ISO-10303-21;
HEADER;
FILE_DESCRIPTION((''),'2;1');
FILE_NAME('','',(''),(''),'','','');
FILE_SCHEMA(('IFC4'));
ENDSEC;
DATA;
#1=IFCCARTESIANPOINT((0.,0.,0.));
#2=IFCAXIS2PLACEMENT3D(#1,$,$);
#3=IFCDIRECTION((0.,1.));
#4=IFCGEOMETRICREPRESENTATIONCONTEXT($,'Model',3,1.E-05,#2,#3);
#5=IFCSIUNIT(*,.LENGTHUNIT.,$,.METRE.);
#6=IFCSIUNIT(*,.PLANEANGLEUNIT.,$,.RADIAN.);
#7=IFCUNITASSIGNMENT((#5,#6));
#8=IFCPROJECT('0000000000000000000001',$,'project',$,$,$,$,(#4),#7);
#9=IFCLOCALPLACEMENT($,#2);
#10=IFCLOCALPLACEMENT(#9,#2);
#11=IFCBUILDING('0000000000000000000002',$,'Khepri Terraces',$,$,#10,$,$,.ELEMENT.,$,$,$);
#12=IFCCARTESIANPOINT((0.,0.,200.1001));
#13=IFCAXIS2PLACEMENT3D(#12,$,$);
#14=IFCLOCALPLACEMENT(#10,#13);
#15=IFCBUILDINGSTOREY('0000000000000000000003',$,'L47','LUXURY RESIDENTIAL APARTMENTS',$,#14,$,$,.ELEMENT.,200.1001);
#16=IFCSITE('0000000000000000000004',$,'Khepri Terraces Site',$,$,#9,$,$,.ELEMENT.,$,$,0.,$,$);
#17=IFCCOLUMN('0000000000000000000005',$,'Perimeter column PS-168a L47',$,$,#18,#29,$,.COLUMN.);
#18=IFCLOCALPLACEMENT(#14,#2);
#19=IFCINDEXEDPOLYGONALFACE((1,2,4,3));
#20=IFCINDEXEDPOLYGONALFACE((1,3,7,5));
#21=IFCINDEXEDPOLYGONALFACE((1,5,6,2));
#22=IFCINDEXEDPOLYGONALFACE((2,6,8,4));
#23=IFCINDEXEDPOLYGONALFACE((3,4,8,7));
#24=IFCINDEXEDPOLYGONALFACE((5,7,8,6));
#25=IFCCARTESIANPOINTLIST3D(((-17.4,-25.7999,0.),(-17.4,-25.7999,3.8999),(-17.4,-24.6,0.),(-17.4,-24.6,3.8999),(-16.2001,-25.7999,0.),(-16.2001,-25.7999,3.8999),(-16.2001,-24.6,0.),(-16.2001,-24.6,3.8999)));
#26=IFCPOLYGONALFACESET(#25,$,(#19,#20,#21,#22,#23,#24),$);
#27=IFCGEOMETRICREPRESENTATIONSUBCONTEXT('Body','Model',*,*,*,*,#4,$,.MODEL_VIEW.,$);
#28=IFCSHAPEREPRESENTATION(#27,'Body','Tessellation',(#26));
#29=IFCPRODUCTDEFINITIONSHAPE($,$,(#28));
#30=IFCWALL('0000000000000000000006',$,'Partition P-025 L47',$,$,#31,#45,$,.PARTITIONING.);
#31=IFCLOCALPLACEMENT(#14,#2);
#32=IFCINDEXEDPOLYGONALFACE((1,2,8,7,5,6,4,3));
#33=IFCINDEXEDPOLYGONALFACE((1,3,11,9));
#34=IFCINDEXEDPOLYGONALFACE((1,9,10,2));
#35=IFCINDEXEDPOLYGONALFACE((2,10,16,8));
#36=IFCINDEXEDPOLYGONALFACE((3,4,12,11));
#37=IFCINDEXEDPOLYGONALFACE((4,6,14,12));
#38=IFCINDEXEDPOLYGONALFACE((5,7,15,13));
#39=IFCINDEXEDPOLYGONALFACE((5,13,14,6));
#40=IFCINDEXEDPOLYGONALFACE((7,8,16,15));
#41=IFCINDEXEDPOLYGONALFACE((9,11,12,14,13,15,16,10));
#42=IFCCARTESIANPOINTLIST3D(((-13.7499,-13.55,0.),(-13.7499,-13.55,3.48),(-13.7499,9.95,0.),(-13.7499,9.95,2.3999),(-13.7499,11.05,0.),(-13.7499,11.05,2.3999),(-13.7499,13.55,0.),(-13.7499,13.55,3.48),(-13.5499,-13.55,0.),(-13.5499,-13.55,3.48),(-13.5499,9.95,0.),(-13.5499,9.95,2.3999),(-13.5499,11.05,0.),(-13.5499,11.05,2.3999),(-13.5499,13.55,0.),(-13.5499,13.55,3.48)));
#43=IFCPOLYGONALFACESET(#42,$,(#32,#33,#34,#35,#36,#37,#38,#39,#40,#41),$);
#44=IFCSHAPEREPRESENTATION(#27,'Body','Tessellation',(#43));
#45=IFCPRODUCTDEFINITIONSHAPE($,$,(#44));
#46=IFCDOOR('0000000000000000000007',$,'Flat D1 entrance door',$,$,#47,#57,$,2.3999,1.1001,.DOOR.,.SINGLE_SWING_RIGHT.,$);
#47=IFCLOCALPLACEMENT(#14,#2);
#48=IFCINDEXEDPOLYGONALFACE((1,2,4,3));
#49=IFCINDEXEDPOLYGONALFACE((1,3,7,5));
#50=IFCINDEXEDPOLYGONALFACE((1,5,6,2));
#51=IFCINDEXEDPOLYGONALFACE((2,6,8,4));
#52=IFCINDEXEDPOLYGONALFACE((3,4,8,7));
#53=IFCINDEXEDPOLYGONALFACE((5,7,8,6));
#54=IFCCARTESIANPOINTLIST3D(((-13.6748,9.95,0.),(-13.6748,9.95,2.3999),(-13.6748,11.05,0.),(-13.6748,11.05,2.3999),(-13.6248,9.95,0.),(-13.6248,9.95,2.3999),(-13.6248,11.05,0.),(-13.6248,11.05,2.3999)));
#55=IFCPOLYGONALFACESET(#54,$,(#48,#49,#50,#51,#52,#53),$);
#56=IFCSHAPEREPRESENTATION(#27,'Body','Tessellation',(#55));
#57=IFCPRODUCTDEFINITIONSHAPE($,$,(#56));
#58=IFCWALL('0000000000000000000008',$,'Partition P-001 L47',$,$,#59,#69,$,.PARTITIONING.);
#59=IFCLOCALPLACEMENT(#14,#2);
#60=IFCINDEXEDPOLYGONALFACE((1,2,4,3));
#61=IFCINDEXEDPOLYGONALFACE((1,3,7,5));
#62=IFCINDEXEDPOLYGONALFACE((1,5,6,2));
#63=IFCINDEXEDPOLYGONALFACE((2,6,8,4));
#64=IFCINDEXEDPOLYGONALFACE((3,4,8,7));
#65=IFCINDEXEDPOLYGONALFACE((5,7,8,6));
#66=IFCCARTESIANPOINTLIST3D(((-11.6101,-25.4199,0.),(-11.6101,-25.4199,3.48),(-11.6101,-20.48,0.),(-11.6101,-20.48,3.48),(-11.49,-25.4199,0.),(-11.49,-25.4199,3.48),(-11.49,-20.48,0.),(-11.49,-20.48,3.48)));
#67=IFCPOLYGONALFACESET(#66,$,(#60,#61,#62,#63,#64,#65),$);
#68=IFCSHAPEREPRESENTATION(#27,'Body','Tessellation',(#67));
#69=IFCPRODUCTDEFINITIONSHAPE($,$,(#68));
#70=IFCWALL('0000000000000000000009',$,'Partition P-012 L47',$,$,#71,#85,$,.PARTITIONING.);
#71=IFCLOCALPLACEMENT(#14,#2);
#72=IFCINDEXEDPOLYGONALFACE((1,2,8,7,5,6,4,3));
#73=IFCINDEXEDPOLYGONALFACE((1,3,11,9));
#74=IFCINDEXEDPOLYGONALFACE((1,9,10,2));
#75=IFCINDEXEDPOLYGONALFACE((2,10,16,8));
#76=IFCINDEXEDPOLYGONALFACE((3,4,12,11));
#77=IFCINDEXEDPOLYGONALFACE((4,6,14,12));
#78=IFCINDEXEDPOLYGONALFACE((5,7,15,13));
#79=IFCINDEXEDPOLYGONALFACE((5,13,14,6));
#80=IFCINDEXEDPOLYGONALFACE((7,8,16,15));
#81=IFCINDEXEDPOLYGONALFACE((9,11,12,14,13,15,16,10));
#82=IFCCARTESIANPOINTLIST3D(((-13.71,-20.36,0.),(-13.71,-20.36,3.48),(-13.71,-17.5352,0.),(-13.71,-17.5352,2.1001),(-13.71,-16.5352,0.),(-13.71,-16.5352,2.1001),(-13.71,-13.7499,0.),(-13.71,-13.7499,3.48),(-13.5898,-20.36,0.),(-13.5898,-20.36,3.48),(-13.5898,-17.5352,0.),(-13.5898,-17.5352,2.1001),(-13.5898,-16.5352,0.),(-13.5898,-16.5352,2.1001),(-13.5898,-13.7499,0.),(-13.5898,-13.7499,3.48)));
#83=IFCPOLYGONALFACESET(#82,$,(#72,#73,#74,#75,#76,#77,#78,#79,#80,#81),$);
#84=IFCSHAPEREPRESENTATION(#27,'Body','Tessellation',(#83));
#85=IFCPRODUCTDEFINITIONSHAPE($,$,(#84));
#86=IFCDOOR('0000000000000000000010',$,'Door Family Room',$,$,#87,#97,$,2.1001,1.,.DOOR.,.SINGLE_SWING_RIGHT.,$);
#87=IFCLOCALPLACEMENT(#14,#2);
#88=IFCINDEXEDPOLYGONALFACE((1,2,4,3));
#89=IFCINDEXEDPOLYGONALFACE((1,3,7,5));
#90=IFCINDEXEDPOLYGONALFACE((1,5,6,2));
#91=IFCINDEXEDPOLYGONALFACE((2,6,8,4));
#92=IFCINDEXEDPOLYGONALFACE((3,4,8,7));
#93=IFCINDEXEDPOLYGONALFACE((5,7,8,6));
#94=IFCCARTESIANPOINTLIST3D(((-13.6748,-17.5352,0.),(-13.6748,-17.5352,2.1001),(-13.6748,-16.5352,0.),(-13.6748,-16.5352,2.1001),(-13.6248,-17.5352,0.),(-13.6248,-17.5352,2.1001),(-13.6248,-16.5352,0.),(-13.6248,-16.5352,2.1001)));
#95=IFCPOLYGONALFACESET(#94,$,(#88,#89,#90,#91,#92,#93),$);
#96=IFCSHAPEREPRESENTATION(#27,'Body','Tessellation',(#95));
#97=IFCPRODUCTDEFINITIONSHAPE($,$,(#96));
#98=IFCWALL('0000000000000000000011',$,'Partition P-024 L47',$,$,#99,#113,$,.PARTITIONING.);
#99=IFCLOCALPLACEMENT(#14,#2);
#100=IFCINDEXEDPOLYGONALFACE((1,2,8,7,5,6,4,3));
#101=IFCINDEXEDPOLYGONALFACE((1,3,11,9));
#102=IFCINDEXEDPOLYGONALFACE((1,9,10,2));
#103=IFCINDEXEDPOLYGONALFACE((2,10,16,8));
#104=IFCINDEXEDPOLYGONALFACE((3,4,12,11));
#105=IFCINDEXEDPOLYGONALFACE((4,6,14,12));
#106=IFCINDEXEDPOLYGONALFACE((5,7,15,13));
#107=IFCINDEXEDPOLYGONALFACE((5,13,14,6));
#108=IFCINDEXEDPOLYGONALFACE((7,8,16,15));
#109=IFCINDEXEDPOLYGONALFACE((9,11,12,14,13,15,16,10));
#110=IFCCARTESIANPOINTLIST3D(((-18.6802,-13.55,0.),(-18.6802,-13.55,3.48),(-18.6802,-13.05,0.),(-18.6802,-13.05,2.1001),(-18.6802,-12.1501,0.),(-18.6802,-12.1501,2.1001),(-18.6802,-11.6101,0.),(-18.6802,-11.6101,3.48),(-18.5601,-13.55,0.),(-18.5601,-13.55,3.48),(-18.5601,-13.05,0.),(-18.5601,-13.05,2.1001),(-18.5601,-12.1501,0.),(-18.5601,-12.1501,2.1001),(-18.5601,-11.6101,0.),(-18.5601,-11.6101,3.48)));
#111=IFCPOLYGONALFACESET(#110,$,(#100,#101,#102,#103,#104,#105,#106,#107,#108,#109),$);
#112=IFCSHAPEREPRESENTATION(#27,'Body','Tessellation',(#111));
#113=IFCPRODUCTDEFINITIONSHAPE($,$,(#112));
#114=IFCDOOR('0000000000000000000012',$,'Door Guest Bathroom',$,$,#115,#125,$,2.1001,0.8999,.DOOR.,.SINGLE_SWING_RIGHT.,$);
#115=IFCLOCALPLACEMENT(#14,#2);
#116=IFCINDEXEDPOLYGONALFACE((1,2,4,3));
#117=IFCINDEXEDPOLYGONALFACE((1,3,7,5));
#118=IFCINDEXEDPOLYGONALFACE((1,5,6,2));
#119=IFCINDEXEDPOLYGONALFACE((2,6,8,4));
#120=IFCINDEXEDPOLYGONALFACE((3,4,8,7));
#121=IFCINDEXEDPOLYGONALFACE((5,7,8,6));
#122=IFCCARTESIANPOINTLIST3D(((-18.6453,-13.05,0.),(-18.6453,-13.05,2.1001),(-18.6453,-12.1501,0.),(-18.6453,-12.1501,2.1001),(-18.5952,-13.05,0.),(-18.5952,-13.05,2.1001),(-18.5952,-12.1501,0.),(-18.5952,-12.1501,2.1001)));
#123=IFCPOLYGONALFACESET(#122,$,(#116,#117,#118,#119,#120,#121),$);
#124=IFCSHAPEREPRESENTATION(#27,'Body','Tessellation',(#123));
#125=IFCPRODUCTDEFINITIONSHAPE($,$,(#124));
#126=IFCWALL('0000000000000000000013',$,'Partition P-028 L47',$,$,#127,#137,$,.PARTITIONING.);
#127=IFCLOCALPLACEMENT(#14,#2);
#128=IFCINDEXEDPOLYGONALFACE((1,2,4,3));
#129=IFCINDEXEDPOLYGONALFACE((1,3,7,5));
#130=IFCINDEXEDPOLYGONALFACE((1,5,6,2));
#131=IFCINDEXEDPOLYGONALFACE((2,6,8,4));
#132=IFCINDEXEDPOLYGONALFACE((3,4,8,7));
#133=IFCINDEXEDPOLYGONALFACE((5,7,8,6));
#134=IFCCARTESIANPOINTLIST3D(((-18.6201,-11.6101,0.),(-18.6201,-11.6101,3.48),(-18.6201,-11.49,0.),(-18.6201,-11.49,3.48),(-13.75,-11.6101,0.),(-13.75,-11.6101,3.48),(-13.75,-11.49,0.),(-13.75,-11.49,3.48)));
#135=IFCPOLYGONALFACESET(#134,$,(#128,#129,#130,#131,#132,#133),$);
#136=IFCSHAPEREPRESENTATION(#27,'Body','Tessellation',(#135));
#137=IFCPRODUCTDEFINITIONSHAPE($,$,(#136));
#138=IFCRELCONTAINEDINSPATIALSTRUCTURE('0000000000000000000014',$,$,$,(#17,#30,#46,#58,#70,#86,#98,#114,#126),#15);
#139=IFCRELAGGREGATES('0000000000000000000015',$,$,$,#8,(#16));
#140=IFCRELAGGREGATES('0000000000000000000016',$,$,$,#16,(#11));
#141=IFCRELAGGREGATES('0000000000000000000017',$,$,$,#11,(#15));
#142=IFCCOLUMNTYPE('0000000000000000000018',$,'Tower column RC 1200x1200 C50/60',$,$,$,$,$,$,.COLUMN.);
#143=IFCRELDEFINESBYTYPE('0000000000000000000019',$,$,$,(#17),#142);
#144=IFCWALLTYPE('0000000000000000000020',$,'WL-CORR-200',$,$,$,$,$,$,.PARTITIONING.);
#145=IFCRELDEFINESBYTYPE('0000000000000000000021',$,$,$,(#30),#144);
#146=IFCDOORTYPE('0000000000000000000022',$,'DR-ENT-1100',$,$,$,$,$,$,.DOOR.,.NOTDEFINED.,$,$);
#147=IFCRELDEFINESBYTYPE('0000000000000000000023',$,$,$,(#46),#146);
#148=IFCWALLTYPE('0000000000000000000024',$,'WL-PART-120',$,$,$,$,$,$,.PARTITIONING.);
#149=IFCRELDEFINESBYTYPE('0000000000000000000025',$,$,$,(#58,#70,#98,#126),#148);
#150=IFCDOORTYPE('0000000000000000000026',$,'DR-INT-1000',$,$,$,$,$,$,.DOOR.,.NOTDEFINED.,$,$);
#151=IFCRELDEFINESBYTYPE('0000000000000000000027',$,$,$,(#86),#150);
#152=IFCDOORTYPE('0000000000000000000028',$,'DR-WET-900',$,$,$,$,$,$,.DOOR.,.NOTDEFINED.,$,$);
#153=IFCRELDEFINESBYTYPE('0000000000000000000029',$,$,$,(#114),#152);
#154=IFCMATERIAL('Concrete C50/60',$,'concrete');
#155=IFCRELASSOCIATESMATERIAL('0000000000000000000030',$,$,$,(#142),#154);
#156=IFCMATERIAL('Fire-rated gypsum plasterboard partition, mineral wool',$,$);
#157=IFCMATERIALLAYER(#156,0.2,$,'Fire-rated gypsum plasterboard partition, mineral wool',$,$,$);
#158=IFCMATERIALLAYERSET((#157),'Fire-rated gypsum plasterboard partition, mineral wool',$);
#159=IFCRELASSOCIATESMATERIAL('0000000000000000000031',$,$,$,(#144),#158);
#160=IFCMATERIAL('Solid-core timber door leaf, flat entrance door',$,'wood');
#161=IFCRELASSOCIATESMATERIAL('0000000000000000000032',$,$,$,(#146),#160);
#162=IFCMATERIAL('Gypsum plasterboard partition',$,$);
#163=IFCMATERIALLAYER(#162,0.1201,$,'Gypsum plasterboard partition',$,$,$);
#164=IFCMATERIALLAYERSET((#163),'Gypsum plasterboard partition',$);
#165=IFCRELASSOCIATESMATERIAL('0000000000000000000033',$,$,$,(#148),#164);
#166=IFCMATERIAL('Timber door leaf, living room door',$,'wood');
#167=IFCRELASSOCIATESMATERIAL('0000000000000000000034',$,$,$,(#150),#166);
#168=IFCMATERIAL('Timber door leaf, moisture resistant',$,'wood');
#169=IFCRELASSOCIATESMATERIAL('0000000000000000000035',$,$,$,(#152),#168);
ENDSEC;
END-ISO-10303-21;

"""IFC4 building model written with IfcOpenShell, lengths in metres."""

from ifc_helpers import new_model, si_unit, direction, frame, frame_2d, origin, origin_2d, place, context, subcontext, project, spatial, rectangle, extrude, material, layer, layer_set, material_profile, profile_set, type_object, element, fill, save


model = new_model("IFC4")

# Units and contexts
model_context = context("Model", 3, precision=1e-05, world=origin(), true_north=direction((0.0, 1.0)))
body_context = subcontext(model_context, "Body", "Model", "MODEL_VIEW")
ifc_project = project(units=[si_unit("LENGTHUNIT", "METRE"), si_unit("PLANEANGLEUNIT", "RADIAN")], contexts=[model_context])

# Site, building, storey
site_placement = place(None, origin())
site = spatial("IfcSite", under=ifc_project, at=site_placement, Name="Khepri Terraces Site", CompositionType="ELEMENT", RefElevation=0.0)
building_placement = place(site_placement, origin())
building = spatial("IfcBuilding", under=site, at=building_placement, Name="Khepri Terraces", CompositionType="ELEMENT")
storey_placement = place(building_placement, frame((0.0, 0.0, 200.1001)))
storey = spatial("IfcBuildingStorey", under=building, at=storey_placement, Name="L47", Description="LUXURY RESIDENTIAL APARTMENTS", CompositionType="ELEMENT", Elevation=200.1001)

# Column
ifc_material_1 = material(Name="Concrete C50/60", Category="concrete")
ifc_material_profile = material_profile(ifc_material_1, rectangle(XDim=1.2, YDim=1.2, at=origin_2d()), Name="Concrete C50/60", Category="concrete")
ifc_profile_set = profile_set([ifc_material_profile], Name="Concrete C50/60")
column_type = type_object("IfcColumnType", Name="Tower column RC 1200x1200 C50/60", PredefinedType="COLUMN", material=ifc_profile_set)
column_placement = place(storey_placement, frame((-16.8, -25.2, 0.0), z_axis=(0.0, 0.0, 1.0), x_axis=(1.0, 0.0, 0.0)))
element("IfcColumn", 1, at=column_placement, inside=storey, type_object=column_type, Name="Perimeter column PS-168a L47", PredefinedType="COLUMN", context=body_context, shape_type="SweptSolid", body=[
    extrude(rectangle(XDim=1.2, YDim=1.2, at=origin_2d()), origin(), (0.0, 0.0, 1.0), 3.8999),
])

# Wall, opening, door
ifc_material_2 = material(Name="Fire-rated gypsum plasterboard partition, mineral wool")
ifc_layer_1 = layer(ifc_material_2, 0.2, Name="Fire-rated gypsum plasterboard partition, mineral wool")
ifc_layer_set_1 = layer_set([ifc_layer_1], Name="Fire-rated gypsum plasterboard partition, mineral wool")
wall_type_1 = type_object("IfcWallType", Name="WL-CORR-200", PredefinedType="PARTITIONING", material=ifc_layer_set_1)
wall_1_placement = place(storey_placement, frame((-13.6499, -13.55, 0.0), z_axis=(0.0, 0.0, 1.0), x_axis=(0.0, 1.0, 0.0)))
wall_1 = element("IfcWall", 2, at=wall_1_placement, inside=storey, type_object=wall_type_1, Name="Partition P-025 L47", PredefinedType="PARTITIONING", context=body_context, shape_type="SweptSolid", body=[
    extrude(rectangle(XDim=27.1001, YDim=0.2, at=frame_2d((13.55, 0.0))), origin(), (0.0, 0.0, 1.0), 3.48),
])
opening_1_placement = place(wall_1_placement, frame((23.5, 0.0, 0.0)))
opening_1 = element("IfcOpeningElement", 3, at=opening_1_placement, cuts=wall_1, PredefinedType="OPENING", context=body_context, shape_type="SweptSolid", body=[
    extrude(rectangle(XDim=1.1001, YDim=2.3999, at=frame_2d((0.55, 1.2))), frame((0.0, 0.1099, 0.0), z_axis=(0.0, -1.0, 0.0), x_axis=(1.0, 0.0, 0.0)), (0.0, 0.0, 1.0), 0.22),
])
ifc_material_3 = material(Name="Solid-core timber door leaf, flat entrance door", Category="wood")
door_type_1 = type_object("IfcDoorType", Name="DR-ENT-1100", OperationType="NOTDEFINED", PredefinedType="DOOR", material=ifc_material_3)
door_1_placement = place(opening_1_placement, origin())
door_1 = element("IfcDoor", 4, at=door_1_placement, inside=storey, type_object=door_type_1, Name="Flat D1 entrance door", OperationType="SINGLE_SWING_RIGHT", OverallHeight=2.3999, OverallWidth=1.1001, PredefinedType="DOOR", context=body_context, shape_type="SweptSolid", body=[
    extrude(rectangle(XDim=1.1001, YDim=2.3999, at=frame_2d((0.55, 1.2))), frame((0.0, 0.0249, 0.0), z_axis=(0.0, -1.0, 0.0), x_axis=(1.0, 0.0, 0.0)), (0.0, 0.0, 1.0), 0.05),
])
fill(opening_1, door_1)

# Wall
ifc_material_4 = material(Name="Gypsum plasterboard partition")
ifc_layer_2 = layer(ifc_material_4, 0.1201, Name="Gypsum plasterboard partition")
ifc_layer_set_2 = layer_set([ifc_layer_2], Name="Gypsum plasterboard partition")
wall_type_2 = type_object("IfcWallType", Name="WL-PART-120", PredefinedType="PARTITIONING", material=ifc_layer_set_2)
wall_2_placement = place(storey_placement, frame((-11.55, -25.4199, 0.0), z_axis=(0.0, 0.0, 1.0), x_axis=(0.0, 1.0, 0.0)))
element("IfcWall", 5, at=wall_2_placement, inside=storey, type_object=wall_type_2, Name="Partition P-001 L47", PredefinedType="PARTITIONING", context=body_context, shape_type="SweptSolid", body=[
    extrude(rectangle(XDim=4.9399, YDim=0.1201, at=frame_2d((2.47, 0.0))), origin(), (0.0, 0.0, 1.0), 3.48),
])

# Walls, openings, doors
wall_3_placement = place(storey_placement, frame((-13.6499, -20.3601, 0.0), z_axis=(0.0, 0.0, 1.0), x_axis=(0.0, 1.0, 0.0)))
wall_3 = element("IfcWall", 6, at=wall_3_placement, inside=storey, type_object=wall_type_2, Name="Partition P-012 L47", PredefinedType="PARTITIONING", context=body_context, shape_type="SweptSolid", body=[
    extrude(rectangle(XDim=6.6101, YDim=0.1201, at=frame_2d((3.3052, 0.0))), origin(), (0.0, 0.0, 1.0), 3.48),
])
opening_2_placement = place(wall_3_placement, frame((2.825, 0.0, 0.0)))
opening_2 = element("IfcOpeningElement", 7, at=opening_2_placement, cuts=wall_3, PredefinedType="OPENING", context=body_context, shape_type="SweptSolid", body=[
    extrude(rectangle(XDim=1.0, YDim=2.1001, at=frame_2d((0.5, 1.05))), frame((0.0, 0.0701, 0.0), z_axis=(0.0, -1.0, 0.0), x_axis=(1.0, 0.0, 0.0)), (0.0, 0.0, 1.0), 0.1401),
])
ifc_material_5 = material(Name="Timber door leaf, living room door", Category="wood")
door_type_2 = type_object("IfcDoorType", Name="DR-INT-1000", OperationType="NOTDEFINED", PredefinedType="DOOR", material=ifc_material_5)
door_2_placement = place(opening_2_placement, origin())
door_2 = element("IfcDoor", 8, at=door_2_placement, inside=storey, type_object=door_type_2, Name="Door Family Room", OperationType="SINGLE_SWING_RIGHT", OverallHeight=2.1001, OverallWidth=1.0, PredefinedType="DOOR", context=body_context, shape_type="SweptSolid", body=[
    extrude(rectangle(XDim=1.0, YDim=2.1001, at=frame_2d((0.5, 1.05))), frame((0.0, 0.0249, 0.0), z_axis=(0.0, -1.0, 0.0), x_axis=(1.0, 0.0, 0.0)), (0.0, 0.0, 1.0), 0.05),
])
fill(opening_2, door_2)
wall_4_placement = place(storey_placement, frame((-18.6201, -13.55, 0.0), z_axis=(0.0, 0.0, 1.0), x_axis=(0.0, 1.0, 0.0)))
wall_4 = element("IfcWall", 9, at=wall_4_placement, inside=storey, type_object=wall_type_2, Name="Partition P-024 L47", PredefinedType="PARTITIONING", context=body_context, shape_type="SweptSolid", body=[
    extrude(rectangle(XDim=1.9399, YDim=0.1201, at=frame_2d((0.97, 0.0))), origin(), (0.0, 0.0, 1.0), 3.48),
])
opening_3_placement = place(wall_4_placement, frame((0.5, 0.0, 0.0)))
opening_3 = element("IfcOpeningElement", 10, at=opening_3_placement, cuts=wall_4, PredefinedType="OPENING", context=body_context, shape_type="SweptSolid", body=[
    extrude(rectangle(XDim=0.8999, YDim=2.1001, at=frame_2d((0.45, 1.05))), frame((0.0, 0.0701, 0.0), z_axis=(0.0, -1.0, 0.0), x_axis=(1.0, 0.0, 0.0)), (0.0, 0.0, 1.0), 0.1401),
])
ifc_material_6 = material(Name="Timber door leaf, moisture resistant", Category="wood")
door_type_3 = type_object("IfcDoorType", Name="DR-WET-900", OperationType="NOTDEFINED", PredefinedType="DOOR", material=ifc_material_6)
door_3_placement = place(opening_3_placement, frame((0.8999, 0.0, 0.0), z_axis=(0.0, 0.0, 1.0), x_axis=(-1.0, 0.0, 0.0)))
door_3 = element("IfcDoor", 11, at=door_3_placement, inside=storey, type_object=door_type_3, Name="Door Guest Bathroom", OperationType="SINGLE_SWING_RIGHT", OverallHeight=2.1001, OverallWidth=0.8999, PredefinedType="DOOR", context=body_context, shape_type="SweptSolid", body=[
    extrude(rectangle(XDim=0.8999, YDim=2.1001, at=frame_2d((0.45, 1.05))), frame((0.0, 0.0249, 0.0), z_axis=(0.0, -1.0, 0.0), x_axis=(1.0, 0.0, 0.0)), (0.0, 0.0, 1.0), 0.05),
])
fill(opening_3, door_3)

# Wall
wall_5_placement = place(storey_placement, frame((-18.6201, -11.55, 0.0), z_axis=(0.0, 0.0, 1.0), x_axis=(1.0, 0.0, 0.0)))
element("IfcWall", 12, at=wall_5_placement, inside=storey, type_object=wall_type_2, Name="Partition P-028 L47", PredefinedType="PARTITIONING", context=body_context, shape_type="SweptSolid", body=[
    extrude(rectangle(XDim=4.8701, YDim=0.1201, at=frame_2d((2.4351, 0.0))), origin(), (0.0, 0.0, 1.0), 3.48),
])

save(model, "model.ifc")
